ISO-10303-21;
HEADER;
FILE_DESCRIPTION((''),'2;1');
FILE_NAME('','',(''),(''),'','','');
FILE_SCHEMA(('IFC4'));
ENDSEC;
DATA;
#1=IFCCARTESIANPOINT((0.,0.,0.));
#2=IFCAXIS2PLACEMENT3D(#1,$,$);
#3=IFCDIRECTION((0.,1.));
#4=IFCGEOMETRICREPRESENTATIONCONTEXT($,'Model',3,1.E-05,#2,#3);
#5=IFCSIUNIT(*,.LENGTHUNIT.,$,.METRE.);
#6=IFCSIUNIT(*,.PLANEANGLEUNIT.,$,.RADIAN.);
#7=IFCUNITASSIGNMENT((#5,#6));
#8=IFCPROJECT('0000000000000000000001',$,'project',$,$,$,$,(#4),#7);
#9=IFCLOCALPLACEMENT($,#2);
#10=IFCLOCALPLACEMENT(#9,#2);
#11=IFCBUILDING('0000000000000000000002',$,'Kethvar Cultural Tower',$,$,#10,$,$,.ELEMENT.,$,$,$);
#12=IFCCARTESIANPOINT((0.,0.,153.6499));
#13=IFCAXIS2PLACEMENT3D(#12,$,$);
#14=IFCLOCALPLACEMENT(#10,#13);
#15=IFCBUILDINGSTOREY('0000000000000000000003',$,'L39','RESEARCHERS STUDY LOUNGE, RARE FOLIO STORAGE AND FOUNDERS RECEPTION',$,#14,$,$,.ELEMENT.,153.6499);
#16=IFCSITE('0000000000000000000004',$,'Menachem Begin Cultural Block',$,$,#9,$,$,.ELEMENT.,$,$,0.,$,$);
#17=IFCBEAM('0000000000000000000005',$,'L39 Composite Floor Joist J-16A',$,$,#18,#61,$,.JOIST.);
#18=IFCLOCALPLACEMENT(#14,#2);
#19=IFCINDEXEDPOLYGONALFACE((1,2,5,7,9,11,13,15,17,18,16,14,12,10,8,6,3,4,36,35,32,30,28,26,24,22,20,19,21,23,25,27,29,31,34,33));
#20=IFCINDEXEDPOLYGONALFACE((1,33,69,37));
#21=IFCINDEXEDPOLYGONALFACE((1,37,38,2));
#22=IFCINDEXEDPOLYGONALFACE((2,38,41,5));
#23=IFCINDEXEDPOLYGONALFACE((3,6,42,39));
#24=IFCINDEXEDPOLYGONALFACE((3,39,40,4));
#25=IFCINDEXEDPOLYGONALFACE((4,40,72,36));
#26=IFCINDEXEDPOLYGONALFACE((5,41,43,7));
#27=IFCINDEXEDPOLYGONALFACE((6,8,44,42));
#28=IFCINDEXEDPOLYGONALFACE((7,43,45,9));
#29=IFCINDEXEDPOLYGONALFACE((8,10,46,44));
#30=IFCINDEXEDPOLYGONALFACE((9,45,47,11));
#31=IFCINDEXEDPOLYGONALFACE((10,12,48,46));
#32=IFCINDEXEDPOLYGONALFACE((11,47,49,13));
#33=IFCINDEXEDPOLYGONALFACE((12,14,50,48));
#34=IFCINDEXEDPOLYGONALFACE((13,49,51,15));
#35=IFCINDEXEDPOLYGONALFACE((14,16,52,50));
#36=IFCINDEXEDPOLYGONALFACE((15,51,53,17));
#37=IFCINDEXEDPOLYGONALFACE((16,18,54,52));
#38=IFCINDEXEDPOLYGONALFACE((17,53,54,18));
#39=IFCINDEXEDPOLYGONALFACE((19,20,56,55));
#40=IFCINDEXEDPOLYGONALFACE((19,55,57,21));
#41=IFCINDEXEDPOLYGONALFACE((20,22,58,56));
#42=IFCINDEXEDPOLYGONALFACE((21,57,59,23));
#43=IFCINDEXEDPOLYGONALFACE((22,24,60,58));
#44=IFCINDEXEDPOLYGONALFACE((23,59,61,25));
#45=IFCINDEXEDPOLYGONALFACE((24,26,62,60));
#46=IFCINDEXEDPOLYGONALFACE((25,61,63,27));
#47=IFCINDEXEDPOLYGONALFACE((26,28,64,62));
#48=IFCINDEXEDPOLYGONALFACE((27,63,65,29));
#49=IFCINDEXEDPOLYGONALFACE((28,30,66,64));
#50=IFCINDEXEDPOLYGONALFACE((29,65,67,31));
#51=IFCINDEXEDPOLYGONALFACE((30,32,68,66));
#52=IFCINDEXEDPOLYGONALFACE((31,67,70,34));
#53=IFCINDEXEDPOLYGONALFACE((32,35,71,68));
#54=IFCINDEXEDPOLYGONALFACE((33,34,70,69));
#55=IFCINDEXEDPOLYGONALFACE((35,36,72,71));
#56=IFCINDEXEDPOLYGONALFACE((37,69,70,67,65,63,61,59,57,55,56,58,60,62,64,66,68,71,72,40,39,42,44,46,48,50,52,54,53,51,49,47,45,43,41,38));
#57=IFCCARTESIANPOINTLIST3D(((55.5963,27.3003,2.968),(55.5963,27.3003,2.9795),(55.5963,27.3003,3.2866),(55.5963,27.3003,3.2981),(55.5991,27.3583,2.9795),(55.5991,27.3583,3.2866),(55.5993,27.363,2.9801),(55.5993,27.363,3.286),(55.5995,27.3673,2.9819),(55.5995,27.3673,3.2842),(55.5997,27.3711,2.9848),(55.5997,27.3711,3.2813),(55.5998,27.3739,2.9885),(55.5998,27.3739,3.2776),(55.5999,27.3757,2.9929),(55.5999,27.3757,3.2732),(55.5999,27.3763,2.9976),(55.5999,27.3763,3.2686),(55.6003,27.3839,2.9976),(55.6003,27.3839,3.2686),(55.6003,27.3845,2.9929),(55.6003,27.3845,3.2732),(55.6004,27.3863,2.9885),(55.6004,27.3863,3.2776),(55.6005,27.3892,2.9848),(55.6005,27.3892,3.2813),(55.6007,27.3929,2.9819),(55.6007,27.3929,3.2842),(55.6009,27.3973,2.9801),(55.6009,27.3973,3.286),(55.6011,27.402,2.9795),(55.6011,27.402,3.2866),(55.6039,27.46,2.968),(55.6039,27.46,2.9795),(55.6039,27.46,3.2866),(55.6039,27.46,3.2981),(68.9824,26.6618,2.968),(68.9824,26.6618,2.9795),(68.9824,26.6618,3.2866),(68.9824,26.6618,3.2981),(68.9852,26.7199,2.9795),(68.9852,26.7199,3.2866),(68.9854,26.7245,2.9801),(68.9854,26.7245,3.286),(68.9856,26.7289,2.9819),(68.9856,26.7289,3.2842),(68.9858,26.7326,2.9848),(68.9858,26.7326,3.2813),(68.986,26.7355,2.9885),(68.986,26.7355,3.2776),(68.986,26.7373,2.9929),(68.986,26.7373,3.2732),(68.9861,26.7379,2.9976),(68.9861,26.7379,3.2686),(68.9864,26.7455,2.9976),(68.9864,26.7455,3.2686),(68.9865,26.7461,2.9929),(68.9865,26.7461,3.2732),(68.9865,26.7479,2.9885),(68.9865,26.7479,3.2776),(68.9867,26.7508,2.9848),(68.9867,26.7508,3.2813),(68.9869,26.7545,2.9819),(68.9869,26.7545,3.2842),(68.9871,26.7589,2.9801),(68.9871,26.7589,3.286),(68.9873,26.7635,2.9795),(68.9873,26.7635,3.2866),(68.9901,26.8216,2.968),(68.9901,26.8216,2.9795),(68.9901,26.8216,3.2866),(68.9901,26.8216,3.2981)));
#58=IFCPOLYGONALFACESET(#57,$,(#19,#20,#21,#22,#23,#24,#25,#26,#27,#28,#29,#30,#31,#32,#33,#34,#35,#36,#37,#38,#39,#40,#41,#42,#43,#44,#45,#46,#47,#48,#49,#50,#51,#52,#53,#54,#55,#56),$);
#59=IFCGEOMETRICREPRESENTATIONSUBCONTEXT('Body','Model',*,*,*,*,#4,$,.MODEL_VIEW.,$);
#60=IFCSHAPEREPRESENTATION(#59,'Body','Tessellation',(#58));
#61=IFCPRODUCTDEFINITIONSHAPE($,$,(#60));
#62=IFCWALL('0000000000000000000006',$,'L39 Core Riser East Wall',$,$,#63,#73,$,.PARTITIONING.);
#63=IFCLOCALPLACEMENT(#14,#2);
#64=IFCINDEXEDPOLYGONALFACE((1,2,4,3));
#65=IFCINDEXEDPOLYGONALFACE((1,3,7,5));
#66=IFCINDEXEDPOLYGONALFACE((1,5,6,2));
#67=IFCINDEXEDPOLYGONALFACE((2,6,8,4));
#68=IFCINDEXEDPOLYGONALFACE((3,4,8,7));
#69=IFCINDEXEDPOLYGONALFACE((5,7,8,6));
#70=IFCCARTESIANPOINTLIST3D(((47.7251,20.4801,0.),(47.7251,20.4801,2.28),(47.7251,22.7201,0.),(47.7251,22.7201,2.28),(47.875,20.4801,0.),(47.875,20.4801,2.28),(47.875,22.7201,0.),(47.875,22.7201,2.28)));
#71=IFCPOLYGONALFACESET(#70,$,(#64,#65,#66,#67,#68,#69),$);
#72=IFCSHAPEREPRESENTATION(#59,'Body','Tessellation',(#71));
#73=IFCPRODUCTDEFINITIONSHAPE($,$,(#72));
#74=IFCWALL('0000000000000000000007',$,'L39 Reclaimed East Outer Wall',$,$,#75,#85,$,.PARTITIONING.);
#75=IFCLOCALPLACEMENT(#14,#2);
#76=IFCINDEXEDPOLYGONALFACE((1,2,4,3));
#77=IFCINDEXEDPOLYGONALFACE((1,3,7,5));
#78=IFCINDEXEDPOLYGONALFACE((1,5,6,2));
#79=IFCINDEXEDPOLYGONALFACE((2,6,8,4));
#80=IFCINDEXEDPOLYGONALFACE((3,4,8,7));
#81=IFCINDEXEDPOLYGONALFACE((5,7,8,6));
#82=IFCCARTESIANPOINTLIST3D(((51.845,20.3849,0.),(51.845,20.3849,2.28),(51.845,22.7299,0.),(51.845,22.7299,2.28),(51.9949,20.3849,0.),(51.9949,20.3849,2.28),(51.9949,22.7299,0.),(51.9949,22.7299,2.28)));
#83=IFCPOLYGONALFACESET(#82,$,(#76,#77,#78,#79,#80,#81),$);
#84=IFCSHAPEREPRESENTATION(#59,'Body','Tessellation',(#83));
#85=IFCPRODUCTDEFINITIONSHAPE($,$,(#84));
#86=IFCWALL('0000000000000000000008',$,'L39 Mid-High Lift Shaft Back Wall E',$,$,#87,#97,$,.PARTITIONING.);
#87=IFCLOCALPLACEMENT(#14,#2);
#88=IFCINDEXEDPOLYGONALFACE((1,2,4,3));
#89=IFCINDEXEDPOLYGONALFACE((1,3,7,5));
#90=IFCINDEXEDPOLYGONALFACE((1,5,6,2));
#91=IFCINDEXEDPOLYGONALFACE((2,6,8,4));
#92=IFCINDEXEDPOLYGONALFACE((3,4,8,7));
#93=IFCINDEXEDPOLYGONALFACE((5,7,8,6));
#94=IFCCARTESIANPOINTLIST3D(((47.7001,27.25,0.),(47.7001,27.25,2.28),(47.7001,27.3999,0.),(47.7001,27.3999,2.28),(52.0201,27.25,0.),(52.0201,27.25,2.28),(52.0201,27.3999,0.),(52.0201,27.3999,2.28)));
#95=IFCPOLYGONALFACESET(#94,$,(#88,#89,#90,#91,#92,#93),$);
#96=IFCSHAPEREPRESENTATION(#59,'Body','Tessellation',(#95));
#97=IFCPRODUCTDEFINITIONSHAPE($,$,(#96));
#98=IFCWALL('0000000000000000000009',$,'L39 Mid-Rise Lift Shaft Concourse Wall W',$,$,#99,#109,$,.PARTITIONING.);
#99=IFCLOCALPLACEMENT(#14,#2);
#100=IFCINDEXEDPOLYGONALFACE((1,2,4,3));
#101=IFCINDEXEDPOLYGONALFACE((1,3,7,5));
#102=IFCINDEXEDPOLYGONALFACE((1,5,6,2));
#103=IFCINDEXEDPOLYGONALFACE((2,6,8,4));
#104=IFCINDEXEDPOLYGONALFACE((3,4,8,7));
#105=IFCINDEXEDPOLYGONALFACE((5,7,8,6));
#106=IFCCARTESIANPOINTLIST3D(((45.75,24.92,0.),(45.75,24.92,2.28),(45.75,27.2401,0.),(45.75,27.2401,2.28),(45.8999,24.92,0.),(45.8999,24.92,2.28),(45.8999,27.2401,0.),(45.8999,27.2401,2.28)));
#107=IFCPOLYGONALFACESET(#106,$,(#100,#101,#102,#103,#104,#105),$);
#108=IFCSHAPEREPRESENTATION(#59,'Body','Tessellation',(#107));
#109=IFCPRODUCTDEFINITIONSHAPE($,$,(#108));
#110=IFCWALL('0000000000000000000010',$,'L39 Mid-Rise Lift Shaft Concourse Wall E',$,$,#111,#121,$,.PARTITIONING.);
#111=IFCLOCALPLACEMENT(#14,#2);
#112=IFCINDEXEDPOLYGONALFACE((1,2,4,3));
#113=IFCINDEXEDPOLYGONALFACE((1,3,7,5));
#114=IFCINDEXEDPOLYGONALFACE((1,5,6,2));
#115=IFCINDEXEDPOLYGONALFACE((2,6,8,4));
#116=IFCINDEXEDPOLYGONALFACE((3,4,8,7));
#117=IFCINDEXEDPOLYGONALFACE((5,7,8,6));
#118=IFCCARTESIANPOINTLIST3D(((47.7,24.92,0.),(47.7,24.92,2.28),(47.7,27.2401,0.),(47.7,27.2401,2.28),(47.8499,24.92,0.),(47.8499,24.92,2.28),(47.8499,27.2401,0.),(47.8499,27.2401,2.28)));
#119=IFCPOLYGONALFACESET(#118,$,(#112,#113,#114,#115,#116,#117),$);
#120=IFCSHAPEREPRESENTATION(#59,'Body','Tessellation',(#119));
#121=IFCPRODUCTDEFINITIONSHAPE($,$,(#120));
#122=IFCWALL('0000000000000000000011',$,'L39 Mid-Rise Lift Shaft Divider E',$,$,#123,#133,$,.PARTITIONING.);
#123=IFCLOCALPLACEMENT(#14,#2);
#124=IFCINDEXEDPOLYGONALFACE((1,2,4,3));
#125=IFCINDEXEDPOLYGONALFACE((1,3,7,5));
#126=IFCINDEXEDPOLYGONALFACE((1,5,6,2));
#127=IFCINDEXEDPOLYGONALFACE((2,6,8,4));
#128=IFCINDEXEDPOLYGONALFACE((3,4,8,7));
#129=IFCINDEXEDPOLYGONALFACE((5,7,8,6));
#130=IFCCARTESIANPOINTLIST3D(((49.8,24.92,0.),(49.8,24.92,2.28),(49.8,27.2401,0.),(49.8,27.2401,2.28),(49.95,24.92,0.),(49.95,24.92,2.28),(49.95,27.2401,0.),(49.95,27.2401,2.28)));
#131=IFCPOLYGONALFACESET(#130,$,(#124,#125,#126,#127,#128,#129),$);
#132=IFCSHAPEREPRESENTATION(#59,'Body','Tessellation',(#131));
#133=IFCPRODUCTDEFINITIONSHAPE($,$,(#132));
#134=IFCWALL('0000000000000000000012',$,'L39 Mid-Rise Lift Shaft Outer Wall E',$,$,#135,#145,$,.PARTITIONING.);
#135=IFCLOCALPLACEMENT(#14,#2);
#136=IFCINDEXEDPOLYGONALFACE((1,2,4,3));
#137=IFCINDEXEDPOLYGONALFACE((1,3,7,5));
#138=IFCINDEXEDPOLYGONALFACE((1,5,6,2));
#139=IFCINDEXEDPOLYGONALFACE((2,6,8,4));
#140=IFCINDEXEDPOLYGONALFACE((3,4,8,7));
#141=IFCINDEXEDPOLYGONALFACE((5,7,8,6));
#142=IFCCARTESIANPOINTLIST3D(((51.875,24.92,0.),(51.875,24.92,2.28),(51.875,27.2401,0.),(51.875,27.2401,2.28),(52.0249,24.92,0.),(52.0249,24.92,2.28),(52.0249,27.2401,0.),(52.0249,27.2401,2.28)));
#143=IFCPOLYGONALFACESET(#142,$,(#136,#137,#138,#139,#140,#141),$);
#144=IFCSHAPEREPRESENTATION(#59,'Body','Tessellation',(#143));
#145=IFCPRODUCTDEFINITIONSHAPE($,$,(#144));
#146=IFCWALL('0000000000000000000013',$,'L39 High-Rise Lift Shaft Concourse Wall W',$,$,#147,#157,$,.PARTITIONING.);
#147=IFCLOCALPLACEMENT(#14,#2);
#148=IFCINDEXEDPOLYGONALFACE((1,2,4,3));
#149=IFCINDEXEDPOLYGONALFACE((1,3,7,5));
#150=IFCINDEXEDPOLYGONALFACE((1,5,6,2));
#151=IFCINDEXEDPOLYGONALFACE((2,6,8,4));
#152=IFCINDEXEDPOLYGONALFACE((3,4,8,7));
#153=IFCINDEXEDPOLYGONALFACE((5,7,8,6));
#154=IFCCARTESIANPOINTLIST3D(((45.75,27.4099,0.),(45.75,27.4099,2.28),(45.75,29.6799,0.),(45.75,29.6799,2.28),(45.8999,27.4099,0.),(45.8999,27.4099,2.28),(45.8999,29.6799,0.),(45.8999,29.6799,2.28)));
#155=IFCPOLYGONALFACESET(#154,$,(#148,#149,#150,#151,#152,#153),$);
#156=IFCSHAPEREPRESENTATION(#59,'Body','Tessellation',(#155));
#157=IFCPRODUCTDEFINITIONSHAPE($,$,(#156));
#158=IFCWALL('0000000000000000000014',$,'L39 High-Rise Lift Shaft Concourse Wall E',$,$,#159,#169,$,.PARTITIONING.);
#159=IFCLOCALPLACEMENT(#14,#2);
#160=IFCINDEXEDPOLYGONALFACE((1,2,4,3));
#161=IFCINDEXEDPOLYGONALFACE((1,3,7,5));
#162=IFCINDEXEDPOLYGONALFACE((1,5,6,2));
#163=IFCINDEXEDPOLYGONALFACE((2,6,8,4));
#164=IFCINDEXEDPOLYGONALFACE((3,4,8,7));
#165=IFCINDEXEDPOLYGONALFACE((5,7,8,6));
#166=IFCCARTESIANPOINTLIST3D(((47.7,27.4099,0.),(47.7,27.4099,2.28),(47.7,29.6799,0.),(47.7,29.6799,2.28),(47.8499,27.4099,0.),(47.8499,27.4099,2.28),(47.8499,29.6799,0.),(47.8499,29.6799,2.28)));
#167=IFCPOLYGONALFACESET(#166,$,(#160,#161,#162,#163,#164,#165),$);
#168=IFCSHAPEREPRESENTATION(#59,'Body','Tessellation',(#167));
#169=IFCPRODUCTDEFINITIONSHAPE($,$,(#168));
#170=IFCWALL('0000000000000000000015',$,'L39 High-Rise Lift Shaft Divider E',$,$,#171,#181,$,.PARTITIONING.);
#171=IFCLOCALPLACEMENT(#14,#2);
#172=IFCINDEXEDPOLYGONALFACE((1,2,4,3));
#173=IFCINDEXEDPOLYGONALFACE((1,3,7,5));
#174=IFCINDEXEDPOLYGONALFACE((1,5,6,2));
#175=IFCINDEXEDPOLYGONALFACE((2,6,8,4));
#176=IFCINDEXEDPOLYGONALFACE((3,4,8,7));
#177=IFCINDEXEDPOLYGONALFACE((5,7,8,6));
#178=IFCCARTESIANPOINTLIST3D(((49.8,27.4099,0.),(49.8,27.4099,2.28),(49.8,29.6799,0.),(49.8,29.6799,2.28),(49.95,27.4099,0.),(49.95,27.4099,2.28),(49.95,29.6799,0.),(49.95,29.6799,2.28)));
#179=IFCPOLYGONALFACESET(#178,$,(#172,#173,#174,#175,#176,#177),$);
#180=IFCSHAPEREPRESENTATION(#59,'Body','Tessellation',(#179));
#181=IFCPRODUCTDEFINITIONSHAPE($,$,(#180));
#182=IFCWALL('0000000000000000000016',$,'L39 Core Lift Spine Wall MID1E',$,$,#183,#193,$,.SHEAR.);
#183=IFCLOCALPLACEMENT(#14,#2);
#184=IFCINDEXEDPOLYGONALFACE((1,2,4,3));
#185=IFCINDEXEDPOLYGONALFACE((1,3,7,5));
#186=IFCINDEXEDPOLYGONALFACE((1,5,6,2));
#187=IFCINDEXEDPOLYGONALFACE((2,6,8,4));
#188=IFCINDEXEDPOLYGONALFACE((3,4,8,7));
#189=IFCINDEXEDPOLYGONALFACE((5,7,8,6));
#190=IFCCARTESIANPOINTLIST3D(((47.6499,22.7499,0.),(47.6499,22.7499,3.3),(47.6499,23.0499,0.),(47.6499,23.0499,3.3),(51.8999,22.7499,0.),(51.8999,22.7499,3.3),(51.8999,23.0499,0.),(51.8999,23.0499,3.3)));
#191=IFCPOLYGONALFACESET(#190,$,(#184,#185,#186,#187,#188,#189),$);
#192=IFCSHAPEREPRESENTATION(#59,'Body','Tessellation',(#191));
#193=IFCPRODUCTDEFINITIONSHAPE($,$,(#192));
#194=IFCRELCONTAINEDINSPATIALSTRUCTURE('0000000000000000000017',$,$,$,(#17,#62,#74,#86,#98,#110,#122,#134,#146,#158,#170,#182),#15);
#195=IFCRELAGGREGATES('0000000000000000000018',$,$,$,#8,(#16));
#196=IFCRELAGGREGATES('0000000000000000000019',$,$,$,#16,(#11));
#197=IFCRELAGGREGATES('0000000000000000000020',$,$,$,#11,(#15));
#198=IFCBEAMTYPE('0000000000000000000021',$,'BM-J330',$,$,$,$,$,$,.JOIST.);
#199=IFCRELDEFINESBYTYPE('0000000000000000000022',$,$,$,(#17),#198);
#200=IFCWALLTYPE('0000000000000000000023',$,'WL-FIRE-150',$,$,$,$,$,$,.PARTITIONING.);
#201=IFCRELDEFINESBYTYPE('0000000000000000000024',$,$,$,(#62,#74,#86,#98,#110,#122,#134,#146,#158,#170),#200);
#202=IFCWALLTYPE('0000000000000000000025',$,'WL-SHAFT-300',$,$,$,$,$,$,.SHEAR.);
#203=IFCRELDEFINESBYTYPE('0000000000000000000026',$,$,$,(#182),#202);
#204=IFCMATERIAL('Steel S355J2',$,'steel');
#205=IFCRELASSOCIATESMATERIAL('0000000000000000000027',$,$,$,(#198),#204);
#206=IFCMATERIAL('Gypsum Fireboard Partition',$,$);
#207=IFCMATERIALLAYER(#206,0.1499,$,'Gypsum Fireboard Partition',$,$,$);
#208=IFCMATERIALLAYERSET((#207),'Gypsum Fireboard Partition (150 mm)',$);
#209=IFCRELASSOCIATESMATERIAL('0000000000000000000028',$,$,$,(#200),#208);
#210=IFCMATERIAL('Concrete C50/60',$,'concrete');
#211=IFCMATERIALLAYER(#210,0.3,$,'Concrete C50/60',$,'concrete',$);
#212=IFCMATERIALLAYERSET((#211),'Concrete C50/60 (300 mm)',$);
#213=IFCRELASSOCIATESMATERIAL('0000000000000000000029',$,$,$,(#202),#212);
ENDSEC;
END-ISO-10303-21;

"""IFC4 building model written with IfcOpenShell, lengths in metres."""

from ifc_helpers import new_model, si_unit, direction, frame, frame_2d, origin, origin_2d, place, context, subcontext, project, spatial, rectangle, i_section, extrude, source, transform, mapped, material, layer, layer_set, material_profile, profile_set, type_object, element, save


model = new_model("IFC4")

# Units and contexts
model_context = context("Model", 3, precision=1e-05, world=origin(), true_north=direction((0.0, 1.0)))
body_context = subcontext(model_context, "Body", "Model", "MODEL_VIEW")
ifc_project = project(units=[si_unit("LENGTHUNIT", "METRE"), si_unit("PLANEANGLEUNIT", "RADIAN")], contexts=[model_context])

# Site, building, storey
site_placement = place(None, origin())
site = spatial("IfcSite", under=ifc_project, at=site_placement, Name="Menachem Begin Cultural Block", CompositionType="ELEMENT", RefElevation=0.0)
building_placement = place(site_placement, origin())
building = spatial("IfcBuilding", under=site, at=building_placement, Name="Kethvar Cultural Tower", CompositionType="ELEMENT")
storey_placement = place(building_placement, frame((0.0, 0.0, 153.6499)))
storey = spatial("IfcBuildingStorey", under=building, at=storey_placement, Name="L39", Description="RESEARCHERS STUDY LOUNGE, RARE FOLIO STORAGE AND FOUNDERS RECEPTION", CompositionType="ELEMENT", Elevation=153.6499)

# Beam
ifc_material_1 = material(Name="Steel S355J2", Category="steel")
ifc_material_profile_1 = material_profile(ifc_material_1, i_section(OverallWidth=0.1599, OverallDepth=0.3301, WebThickness=0.0076, FlangeThickness=0.0115, FilletRadius=0.0181, at=origin_2d()), Name="Steel S355J2 — IPE330")
ifc_profile_set_1 = profile_set([ifc_material_profile_1], Name="Steel S355J2 — IPE330")
beam_type_1 = type_object("IfcBeamType", Name="BM-J330", PredefinedType="JOIST", material=ifc_profile_set_1)
shared_shape_1 = source(origin(), body_context, "Body", "SweptSolid", [
    extrude(i_section(OverallWidth=0.1599, OverallDepth=0.3301, WebThickness=0.0076, FlangeThickness=0.0115, FilletRadius=0.0181, at=origin_2d()), origin(), (0.0, 0.0, 1.0), 13.4014),
])
beam_1_placement = place(storey_placement, frame((55.6001, 27.3801, 3.1331), z_axis=(0.998865, -0.047639, 0.0), x_axis=(0.047639, 0.998865, 0.0)))
element("IfcBeam", 1, at=beam_1_placement, inside=storey, type_object=beam_type_1, Name="L39 Composite Floor Joist J-16A", PredefinedType="JOIST", context=body_context, shape_type="MappedRepresentation", body=[
    mapped(shared_shape_1, transform((0.0, 0.0, 0.0), scale=1.0)),
])

# Walls
ifc_material_2 = material(Name="Gypsum Fireboard Partition")
ifc_layer_1 = layer(ifc_material_2, 0.1499, Name="Gypsum Fireboard Partition")
ifc_layer_set_1 = layer_set([ifc_layer_1], Name="Gypsum Fireboard Partition (150 mm)")
wall_type_1 = type_object("IfcWallType", Name="WL-FIRE-150", PredefinedType="PARTITIONING", material=ifc_layer_set_1)
wall_1_placement = place(storey_placement, frame((47.8, 20.48, 0.0), z_axis=(0.0, 0.0, 1.0), x_axis=(0.0, 1.0, 0.0)))
element("IfcWall", 2, at=wall_1_placement, inside=storey, type_object=wall_type_1, Name="L39 Core Riser East Wall", PredefinedType="PARTITIONING", context=body_context, shape_type="SweptSolid", body=[
    extrude(rectangle(XDim=2.24, YDim=0.1499, at=frame_2d((1.1201, 0.0))), origin(), (0.0, 0.0, 1.0), 2.28),
])
wall_2_placement = place(storey_placement, frame((51.9199, 20.385, 0.0), z_axis=(0.0, 0.0, 1.0), x_axis=(0.0, 1.0, 0.0)))
element("IfcWall", 3, at=wall_2_placement, inside=storey, type_object=wall_type_1, Name="L39 Reclaimed East Outer Wall", PredefinedType="PARTITIONING", context=body_context, shape_type="SweptSolid", body=[
    extrude(rectangle(XDim=2.345, YDim=0.1499, at=frame_2d((1.1724, 0.0))), origin(), (0.0, 0.0, 1.0), 2.28),
])

# Walls
wall_3_placement = place(storey_placement, frame((47.7, 27.325, 0.0), z_axis=(0.0, 0.0, 1.0), x_axis=(1.0, 0.0, 0.0)))
element("IfcWall", 4, at=wall_3_placement, inside=storey, type_object=wall_type_1, Name="L39 Mid-High Lift Shaft Back Wall E", PredefinedType="PARTITIONING", context=body_context, shape_type="SweptSolid", body=[
    extrude(rectangle(XDim=4.3201, YDim=0.1499, at=frame_2d((2.1602, 0.0))), origin(), (0.0, 0.0, 1.0), 2.28),
])
for number, where, z_axis, x_axis, name in (
    (5, (45.825, 24.9199, 0.0), (0.0, 0.0, 1.0), (0.0, 1.0, 0.0), "L39 Mid-Rise Lift Shaft Concourse Wall W"),
    (6, (47.7749, 24.9199, 0.0), (0.0, 0.0, 1.0), (0.0, 1.0, 0.0), "L39 Mid-Rise Lift Shaft Concourse Wall E"),
    (7, (49.875, 24.9199, 0.0), (0.0, 0.0, 1.0), (0.0, 1.0, 0.0), "L39 Mid-Rise Lift Shaft Divider E"),
    (8, (51.95, 24.9199, 0.0), (0.0, 0.0, 1.0), (0.0, 1.0, 0.0), "L39 Mid-Rise Lift Shaft Outer Wall E"),
):
    element("IfcWall", number, at=place(storey_placement, frame(where, z_axis=z_axis, x_axis=x_axis)), inside=storey, type_object=wall_type_1, Name=name, PredefinedType="PARTITIONING", context=body_context, shape_type="SweptSolid", body=[
        extrude(rectangle(XDim=2.3201, YDim=0.1499, at=frame_2d((1.1602, 0.0))), origin(), (0.0, 0.0, 1.0), 2.28),
    ])
for number, where, z_axis, x_axis, name in (
    (9, (45.825, 27.4099, 0.0), (0.0, 0.0, 1.0), (0.0, 1.0, 0.0), "L39 High-Rise Lift Shaft Concourse Wall W"),
    (10, (47.7749, 27.4099, 0.0), (0.0, 0.0, 1.0), (0.0, 1.0, 0.0), "L39 High-Rise Lift Shaft Concourse Wall E"),
    (11, (49.875, 27.4099, 0.0), (0.0, 0.0, 1.0), (0.0, 1.0, 0.0), "L39 High-Rise Lift Shaft Divider E"),
):
    element("IfcWall", number, at=place(storey_placement, frame(where, z_axis=z_axis, x_axis=x_axis)), inside=storey, type_object=wall_type_1, Name=name, PredefinedType="PARTITIONING", context=body_context, shape_type="SweptSolid", body=[
        extrude(rectangle(XDim=2.27, YDim=0.1499, at=frame_2d((1.135, 0.0))), origin(), (0.0, 0.0, 1.0), 2.28),
    ])
ifc_material_3 = material(Name="Concrete C50/60", Category="concrete")
ifc_layer_2 = layer(ifc_material_3, 0.3, Name="Concrete C50/60", Category="concrete")
ifc_layer_set_2 = layer_set([ifc_layer_2], Name="Concrete C50/60 (300 mm)")
wall_type_2 = type_object("IfcWallType", Name="WL-SHAFT-300", PredefinedType="SHEAR", material=ifc_layer_set_2)
wall_4_placement = place(storey_placement, frame((47.6499, 22.8999, 0.0), z_axis=(0.0, 0.0, 1.0), x_axis=(1.0, 0.0, 0.0)))
element("IfcWall", 12, at=wall_4_placement, inside=storey, type_object=wall_type_2, Name="L39 Core Lift Spine Wall MID1E", PredefinedType="SHEAR", context=body_context, shape_type="SweptSolid", body=[
    extrude(rectangle(XDim=4.25, YDim=0.3, at=frame_2d((2.125, 0.0))), origin(), (0.0, 0.0, 1.0), 3.3),
])

save(model, "model.ifc")
